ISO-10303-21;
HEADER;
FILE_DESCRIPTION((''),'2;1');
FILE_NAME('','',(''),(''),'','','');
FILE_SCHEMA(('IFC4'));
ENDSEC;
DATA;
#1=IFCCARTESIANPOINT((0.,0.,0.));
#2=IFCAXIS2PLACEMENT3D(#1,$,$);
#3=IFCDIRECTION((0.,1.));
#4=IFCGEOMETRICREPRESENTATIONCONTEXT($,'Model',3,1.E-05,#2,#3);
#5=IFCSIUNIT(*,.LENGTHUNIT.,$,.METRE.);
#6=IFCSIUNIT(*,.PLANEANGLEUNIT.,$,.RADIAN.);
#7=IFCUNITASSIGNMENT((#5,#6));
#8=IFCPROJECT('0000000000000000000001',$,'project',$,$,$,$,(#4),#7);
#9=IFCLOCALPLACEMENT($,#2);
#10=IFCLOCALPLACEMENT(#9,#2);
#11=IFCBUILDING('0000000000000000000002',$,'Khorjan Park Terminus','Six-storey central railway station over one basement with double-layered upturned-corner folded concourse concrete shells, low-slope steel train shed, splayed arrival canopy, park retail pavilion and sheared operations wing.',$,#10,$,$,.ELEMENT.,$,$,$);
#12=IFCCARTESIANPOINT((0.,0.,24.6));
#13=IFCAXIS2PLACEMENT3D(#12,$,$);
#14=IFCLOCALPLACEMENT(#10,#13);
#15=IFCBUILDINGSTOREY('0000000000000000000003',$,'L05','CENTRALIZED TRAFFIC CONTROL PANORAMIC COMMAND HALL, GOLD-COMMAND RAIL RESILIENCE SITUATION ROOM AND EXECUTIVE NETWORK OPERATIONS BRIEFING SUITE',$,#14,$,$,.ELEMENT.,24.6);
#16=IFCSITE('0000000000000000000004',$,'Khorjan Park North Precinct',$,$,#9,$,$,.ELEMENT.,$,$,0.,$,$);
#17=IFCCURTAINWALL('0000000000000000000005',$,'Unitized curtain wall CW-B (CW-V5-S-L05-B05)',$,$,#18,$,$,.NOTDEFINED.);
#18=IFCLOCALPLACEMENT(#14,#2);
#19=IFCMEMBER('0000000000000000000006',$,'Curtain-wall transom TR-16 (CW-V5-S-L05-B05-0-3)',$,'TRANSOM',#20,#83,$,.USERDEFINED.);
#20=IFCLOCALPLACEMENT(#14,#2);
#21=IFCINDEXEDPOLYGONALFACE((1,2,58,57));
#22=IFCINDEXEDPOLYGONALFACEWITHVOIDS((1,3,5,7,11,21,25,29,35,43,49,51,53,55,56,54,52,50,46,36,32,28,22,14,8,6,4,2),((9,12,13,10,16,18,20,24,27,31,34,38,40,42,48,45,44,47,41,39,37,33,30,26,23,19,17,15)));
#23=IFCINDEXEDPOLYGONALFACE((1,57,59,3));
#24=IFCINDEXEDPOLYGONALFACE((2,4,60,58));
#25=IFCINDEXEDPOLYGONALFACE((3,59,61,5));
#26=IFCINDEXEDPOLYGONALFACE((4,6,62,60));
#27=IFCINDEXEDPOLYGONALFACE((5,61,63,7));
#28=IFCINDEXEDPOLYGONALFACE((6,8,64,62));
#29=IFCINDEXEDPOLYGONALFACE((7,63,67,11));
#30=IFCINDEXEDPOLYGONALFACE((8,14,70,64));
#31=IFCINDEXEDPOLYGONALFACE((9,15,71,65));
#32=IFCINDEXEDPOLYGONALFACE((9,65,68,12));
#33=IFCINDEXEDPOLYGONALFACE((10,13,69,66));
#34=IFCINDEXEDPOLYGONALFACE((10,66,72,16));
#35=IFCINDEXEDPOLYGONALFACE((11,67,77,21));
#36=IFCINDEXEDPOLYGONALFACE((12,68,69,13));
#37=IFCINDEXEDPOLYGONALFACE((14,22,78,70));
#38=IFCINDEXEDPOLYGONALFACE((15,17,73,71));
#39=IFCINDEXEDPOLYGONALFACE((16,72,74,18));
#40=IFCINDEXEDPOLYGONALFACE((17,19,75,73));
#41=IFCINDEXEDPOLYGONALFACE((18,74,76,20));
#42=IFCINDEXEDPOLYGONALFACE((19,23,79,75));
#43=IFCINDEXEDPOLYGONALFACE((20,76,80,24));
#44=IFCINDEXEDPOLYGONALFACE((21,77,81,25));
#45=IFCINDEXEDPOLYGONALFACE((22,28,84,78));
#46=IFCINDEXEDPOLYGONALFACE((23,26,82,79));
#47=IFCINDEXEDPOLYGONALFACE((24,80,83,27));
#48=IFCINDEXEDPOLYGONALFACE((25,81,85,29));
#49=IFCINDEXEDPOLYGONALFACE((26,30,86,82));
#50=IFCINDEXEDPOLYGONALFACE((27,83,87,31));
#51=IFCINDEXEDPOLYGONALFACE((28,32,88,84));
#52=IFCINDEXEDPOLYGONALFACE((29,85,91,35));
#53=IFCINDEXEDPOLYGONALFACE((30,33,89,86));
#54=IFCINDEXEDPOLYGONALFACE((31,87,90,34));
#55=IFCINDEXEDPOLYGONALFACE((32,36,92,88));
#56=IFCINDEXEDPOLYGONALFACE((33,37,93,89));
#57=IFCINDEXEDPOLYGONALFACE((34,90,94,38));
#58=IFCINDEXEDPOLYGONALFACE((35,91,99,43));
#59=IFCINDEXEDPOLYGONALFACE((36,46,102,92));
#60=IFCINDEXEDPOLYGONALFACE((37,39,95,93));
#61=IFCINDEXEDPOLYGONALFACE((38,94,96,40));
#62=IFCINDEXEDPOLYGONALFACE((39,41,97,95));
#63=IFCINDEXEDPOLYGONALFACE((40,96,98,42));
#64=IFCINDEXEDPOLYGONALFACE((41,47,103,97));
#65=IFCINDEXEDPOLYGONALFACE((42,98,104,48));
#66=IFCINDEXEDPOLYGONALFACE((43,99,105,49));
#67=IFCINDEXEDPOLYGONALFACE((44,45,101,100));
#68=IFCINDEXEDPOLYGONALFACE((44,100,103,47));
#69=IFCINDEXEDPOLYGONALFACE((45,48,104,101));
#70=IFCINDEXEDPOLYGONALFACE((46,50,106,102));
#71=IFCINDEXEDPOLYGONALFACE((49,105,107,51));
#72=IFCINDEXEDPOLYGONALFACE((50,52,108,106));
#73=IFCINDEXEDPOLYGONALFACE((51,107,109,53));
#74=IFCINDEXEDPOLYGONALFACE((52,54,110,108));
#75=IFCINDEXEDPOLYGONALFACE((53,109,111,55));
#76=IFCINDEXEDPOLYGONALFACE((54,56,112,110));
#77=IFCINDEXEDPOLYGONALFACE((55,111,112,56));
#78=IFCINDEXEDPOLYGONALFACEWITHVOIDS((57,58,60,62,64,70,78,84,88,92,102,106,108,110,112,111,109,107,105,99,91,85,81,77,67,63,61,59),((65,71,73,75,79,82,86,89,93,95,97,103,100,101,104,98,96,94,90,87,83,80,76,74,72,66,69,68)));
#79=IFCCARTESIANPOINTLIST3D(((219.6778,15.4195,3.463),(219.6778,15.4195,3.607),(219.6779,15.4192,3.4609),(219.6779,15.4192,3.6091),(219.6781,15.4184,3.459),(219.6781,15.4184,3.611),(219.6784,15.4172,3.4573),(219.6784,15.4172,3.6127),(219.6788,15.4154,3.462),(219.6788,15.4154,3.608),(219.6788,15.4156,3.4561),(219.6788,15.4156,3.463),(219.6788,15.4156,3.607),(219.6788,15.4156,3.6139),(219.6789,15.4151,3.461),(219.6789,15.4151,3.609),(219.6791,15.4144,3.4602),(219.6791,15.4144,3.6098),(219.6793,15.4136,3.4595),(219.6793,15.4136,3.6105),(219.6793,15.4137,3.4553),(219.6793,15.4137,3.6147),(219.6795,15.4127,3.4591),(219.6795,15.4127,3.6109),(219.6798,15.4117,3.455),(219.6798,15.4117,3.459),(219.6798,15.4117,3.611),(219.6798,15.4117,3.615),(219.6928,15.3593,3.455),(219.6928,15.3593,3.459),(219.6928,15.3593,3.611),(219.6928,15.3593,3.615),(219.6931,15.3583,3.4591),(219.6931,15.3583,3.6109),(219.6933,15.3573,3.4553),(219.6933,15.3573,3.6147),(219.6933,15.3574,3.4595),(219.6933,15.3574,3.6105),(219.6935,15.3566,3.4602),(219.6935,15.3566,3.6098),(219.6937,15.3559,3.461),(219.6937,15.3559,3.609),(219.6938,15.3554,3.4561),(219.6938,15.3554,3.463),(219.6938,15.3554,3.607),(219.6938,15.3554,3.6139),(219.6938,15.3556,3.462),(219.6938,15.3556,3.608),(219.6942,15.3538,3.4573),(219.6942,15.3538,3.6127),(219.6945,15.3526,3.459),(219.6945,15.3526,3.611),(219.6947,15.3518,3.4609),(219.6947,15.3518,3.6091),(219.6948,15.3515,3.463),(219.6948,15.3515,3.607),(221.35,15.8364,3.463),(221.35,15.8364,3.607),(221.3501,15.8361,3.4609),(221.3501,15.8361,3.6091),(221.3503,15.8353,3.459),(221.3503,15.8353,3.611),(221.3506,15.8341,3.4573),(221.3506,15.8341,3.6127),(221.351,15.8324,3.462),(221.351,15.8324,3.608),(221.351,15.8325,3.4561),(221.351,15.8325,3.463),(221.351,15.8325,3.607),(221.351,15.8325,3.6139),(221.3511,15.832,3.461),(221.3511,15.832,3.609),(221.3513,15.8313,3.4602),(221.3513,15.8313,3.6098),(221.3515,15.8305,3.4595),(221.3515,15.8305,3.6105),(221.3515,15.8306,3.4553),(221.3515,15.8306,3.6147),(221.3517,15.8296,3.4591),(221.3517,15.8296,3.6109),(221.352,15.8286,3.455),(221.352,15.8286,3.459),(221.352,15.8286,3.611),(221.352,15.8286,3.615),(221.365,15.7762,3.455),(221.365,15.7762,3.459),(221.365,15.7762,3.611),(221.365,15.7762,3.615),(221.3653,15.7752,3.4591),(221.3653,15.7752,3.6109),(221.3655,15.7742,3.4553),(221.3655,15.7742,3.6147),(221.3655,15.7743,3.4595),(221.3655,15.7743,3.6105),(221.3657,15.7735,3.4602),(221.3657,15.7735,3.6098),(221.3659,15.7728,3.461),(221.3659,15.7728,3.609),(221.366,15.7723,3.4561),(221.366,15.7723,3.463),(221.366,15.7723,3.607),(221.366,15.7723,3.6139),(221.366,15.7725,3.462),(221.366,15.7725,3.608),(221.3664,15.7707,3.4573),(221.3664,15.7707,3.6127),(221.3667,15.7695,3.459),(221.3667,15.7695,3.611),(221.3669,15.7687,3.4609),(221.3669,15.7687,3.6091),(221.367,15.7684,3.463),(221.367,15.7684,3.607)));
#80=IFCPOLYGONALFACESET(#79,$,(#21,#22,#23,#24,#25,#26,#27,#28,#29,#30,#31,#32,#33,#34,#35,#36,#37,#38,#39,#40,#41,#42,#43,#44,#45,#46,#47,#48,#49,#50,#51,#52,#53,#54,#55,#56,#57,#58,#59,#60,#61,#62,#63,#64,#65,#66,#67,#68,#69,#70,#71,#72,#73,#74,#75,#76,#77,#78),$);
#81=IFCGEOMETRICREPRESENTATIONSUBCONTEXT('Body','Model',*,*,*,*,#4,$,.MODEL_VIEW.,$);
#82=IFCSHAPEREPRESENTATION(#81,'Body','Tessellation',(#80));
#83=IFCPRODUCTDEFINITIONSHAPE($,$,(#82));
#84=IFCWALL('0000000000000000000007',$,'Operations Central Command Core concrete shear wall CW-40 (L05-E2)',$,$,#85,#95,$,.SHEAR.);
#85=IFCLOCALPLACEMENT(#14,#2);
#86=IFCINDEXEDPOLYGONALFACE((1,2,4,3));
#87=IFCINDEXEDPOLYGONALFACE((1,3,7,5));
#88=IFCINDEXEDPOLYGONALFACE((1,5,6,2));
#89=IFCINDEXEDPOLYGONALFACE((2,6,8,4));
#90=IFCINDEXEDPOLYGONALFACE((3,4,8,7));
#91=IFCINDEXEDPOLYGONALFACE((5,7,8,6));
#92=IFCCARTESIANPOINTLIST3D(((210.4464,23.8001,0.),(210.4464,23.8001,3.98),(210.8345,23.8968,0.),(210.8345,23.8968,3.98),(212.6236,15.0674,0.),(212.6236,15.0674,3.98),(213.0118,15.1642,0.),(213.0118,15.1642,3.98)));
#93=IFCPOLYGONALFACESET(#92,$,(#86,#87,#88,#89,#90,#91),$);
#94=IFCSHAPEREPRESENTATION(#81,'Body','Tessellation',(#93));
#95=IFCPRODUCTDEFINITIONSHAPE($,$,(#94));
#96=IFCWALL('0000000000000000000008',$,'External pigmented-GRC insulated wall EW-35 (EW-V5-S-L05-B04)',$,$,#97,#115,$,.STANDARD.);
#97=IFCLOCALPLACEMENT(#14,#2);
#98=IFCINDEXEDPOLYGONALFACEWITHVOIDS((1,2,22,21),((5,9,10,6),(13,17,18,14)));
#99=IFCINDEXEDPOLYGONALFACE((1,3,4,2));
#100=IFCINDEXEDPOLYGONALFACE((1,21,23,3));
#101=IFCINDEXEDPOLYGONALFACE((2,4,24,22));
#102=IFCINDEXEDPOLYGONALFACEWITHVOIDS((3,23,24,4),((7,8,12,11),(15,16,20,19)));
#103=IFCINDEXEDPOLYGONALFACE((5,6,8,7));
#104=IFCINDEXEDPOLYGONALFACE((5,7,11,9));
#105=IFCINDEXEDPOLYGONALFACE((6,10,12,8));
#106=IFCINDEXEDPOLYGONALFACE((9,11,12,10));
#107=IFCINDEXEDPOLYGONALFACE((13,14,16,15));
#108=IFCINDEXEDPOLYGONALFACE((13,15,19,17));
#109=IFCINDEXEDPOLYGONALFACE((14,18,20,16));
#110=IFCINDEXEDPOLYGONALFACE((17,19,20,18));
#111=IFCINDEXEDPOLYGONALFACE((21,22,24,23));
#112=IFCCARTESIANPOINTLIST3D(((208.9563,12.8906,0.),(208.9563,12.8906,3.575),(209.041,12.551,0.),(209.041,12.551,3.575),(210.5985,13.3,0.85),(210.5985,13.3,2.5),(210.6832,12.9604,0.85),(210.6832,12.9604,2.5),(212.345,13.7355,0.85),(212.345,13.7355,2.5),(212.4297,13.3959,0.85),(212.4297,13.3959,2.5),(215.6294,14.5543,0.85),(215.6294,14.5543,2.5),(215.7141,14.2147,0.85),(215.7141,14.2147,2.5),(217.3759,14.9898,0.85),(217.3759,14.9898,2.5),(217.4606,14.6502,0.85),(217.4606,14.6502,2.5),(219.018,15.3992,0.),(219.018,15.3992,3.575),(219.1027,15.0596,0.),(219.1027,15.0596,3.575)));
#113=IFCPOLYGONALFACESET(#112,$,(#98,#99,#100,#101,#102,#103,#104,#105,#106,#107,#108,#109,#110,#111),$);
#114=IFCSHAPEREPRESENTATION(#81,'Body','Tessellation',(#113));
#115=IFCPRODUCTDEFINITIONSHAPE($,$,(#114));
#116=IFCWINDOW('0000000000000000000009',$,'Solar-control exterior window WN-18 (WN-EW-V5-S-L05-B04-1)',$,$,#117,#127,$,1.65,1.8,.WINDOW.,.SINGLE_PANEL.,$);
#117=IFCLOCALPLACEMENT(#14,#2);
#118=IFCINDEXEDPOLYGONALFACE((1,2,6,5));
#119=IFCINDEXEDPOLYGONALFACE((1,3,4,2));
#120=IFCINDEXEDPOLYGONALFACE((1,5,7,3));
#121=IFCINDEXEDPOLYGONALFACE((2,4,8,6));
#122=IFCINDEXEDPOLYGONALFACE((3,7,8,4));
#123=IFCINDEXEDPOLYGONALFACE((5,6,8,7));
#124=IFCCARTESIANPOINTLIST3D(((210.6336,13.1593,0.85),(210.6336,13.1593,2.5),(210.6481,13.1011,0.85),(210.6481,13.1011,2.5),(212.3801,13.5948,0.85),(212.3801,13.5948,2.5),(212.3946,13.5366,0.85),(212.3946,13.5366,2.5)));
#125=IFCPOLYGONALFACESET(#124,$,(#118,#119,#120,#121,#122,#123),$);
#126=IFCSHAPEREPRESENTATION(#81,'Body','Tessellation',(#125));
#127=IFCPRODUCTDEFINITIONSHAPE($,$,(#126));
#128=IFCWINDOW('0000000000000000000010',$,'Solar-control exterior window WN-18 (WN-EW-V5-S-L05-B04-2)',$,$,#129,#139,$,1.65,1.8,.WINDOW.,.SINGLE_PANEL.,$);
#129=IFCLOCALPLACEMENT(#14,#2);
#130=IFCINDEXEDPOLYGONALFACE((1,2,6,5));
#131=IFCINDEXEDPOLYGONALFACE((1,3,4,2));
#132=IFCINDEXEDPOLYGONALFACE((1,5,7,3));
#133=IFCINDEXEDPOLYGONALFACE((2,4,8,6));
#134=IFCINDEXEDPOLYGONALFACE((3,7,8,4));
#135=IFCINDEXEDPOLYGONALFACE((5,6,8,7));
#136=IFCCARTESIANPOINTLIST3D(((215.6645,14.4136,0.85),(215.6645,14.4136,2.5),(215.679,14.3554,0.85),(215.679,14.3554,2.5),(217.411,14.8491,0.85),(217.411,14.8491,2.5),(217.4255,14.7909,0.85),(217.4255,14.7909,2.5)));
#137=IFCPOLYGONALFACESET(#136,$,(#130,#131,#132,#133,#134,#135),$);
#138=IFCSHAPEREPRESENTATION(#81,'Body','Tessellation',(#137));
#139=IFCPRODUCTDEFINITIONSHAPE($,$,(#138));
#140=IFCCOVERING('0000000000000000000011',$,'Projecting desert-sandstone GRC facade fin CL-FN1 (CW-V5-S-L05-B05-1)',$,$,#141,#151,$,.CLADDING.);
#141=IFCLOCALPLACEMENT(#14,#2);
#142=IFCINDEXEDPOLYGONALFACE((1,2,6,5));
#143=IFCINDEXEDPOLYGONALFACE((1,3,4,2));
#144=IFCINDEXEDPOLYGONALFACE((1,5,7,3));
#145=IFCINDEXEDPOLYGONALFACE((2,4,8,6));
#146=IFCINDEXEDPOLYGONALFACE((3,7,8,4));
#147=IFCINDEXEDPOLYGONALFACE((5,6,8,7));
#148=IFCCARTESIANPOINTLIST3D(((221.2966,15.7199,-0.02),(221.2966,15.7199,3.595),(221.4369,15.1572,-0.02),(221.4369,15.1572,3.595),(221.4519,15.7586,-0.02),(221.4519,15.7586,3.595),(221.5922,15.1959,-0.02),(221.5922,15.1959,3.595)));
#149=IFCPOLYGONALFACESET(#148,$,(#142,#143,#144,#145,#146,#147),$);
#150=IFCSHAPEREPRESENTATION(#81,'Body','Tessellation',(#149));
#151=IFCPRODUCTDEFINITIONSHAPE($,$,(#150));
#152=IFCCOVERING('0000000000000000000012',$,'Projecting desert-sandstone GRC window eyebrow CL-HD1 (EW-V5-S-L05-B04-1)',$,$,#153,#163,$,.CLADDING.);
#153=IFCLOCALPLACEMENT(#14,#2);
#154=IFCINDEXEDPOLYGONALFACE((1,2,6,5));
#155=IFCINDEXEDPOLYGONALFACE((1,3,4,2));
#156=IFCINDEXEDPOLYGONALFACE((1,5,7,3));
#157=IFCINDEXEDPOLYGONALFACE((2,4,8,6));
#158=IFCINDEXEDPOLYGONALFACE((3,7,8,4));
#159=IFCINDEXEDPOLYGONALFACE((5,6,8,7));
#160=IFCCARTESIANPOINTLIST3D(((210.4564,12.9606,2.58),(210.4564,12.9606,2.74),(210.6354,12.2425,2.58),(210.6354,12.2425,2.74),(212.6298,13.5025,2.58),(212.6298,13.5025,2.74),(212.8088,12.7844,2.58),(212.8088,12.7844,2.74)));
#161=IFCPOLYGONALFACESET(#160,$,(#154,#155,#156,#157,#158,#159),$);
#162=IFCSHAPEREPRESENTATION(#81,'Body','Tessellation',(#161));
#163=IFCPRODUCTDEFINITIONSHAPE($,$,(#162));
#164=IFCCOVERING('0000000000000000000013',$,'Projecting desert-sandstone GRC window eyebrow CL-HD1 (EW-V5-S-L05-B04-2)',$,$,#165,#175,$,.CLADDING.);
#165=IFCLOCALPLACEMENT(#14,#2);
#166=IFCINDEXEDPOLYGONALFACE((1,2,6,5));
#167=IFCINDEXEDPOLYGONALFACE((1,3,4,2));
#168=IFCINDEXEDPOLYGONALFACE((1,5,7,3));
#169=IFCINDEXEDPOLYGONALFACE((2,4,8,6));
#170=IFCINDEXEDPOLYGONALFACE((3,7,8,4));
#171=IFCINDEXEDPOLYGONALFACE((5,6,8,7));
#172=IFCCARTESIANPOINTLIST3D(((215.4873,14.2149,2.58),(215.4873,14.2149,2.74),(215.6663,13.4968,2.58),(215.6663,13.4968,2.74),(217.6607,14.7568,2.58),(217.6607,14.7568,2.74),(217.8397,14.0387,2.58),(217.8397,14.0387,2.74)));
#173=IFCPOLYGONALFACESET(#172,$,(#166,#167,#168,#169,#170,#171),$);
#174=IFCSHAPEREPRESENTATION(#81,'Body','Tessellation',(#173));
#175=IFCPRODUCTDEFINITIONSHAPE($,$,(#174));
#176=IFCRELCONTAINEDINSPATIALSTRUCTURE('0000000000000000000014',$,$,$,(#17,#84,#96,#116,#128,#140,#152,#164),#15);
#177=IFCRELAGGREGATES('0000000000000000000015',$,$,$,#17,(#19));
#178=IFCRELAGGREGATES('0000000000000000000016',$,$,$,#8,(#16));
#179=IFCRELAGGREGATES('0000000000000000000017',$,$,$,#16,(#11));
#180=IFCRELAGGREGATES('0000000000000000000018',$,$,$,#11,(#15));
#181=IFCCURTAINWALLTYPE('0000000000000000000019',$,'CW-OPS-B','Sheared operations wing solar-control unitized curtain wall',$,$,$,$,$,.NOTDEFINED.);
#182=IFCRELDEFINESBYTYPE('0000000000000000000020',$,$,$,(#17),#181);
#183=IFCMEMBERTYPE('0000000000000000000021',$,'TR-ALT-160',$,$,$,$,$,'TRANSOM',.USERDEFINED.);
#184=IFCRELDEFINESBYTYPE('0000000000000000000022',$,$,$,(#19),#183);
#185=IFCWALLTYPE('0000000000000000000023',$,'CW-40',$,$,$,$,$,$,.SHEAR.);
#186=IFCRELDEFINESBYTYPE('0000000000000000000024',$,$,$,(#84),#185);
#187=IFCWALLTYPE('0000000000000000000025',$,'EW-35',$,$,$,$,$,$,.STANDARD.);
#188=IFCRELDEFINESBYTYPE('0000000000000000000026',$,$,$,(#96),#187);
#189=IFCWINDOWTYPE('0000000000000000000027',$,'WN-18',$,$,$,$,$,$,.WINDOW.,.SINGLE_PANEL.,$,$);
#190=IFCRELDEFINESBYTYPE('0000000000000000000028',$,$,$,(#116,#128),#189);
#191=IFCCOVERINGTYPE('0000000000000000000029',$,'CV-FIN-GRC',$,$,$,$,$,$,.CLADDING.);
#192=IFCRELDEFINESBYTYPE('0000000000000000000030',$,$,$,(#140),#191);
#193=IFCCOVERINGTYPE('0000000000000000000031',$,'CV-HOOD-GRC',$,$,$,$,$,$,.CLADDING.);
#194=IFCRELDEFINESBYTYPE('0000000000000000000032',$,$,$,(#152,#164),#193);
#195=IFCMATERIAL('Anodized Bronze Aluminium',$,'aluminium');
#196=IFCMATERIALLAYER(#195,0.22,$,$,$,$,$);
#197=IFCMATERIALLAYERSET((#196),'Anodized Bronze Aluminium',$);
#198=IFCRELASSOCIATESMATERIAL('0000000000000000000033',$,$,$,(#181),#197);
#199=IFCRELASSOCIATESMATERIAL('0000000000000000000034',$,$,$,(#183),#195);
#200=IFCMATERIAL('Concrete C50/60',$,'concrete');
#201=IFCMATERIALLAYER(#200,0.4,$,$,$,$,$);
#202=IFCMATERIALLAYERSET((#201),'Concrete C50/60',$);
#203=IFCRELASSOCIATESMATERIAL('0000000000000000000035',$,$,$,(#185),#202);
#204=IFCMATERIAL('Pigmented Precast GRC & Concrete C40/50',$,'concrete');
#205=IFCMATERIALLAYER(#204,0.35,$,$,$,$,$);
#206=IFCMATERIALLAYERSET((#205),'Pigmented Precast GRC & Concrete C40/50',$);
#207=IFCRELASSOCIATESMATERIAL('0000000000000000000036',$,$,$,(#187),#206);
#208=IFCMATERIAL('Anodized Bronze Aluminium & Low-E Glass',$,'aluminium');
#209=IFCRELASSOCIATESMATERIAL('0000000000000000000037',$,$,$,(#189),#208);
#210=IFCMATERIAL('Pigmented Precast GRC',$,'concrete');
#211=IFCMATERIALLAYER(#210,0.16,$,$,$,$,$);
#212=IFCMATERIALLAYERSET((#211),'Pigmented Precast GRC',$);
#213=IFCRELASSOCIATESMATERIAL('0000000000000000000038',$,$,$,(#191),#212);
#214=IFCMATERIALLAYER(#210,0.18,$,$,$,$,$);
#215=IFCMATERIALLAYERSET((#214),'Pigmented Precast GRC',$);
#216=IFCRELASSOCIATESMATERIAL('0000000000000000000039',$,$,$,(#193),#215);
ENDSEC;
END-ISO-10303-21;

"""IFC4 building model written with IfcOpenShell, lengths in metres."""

from ifc_helpers import new_model, si_unit, direction, frame, frame_2d, origin, origin_2d, place, context, subcontext, project, spatial, rectangle, hollow_rectangle, extrude, material, layer, layer_set, material_profile, profile_set, type_object, element, fill, aggregate, save


model = new_model("IFC4")

# Units and contexts
model_context = context("Model", 3, precision=1e-05, world=origin(), true_north=direction((0.0, 1.0)))
body_context = subcontext(model_context, "Body", "Model", "MODEL_VIEW")
ifc_project = project(units=[si_unit("LENGTHUNIT", "METRE"), si_unit("PLANEANGLEUNIT", "RADIAN")], contexts=[model_context])

# Site, building, storey
site_placement = place(None, origin())
site = spatial("IfcSite", under=ifc_project, at=site_placement, Name="Khorjan Park North Precinct", CompositionType="ELEMENT", RefElevation=0.0)
building_placement = place(site_placement, origin())
building = spatial("IfcBuilding", under=site, at=building_placement, Name="Khorjan Park Terminus", Description="Six-storey central railway station over one basement with double-layered upturned-corner folded concourse concrete shells, low-slope steel train shed, splayed arrival canopy, park retail pavilion and sheared operations wing.", CompositionType="ELEMENT")
storey_placement = place(building_placement, frame((0.0, 0.0, 24.6)))
storey = spatial("IfcBuildingStorey", under=building, at=storey_placement, Name="L05", Description="CENTRALIZED TRAFFIC CONTROL PANORAMIC COMMAND HALL, GOLD-COMMAND RAIL RESILIENCE SITUATION ROOM AND EXECUTIVE NETWORK OPERATIONS BRIEFING SUITE", CompositionType="ELEMENT", Elevation=24.6)

# Shared definitions
ifc_material_1 = material(Name="Concrete C50/60", Category="concrete")

# Curtain wall, member
ifc_material_2 = material(Name="Anodized Bronze Aluminium", Category="aluminium")
ifc_layer_1 = layer(ifc_material_2, 0.22)
ifc_layer_set_1 = layer_set([ifc_layer_1], Name="Anodized Bronze Aluminium")
curtain_wall_type = type_object("IfcCurtainWallType", Name="CW-OPS-B", Description="Sheared operations wing solar-control unitized curtain wall", PredefinedType="NOTDEFINED", material=ifc_layer_set_1)
curtain_wall_placement = place(storey_placement, origin())
curtain_wall = element("IfcCurtainWall", 1, at=curtain_wall_placement, inside=storey, type_object=curtain_wall_type, Name="Unitized curtain wall CW-B (CW-V5-S-L05-B05)", PredefinedType="NOTDEFINED")
ifc_material_profile_1 = material_profile(ifc_material_2, hollow_rectangle(XDim=0.07, YDim=0.16, WallThickness=0.004, InnerFilletRadius=0.004, OuterFilletRadius=0.008, at=origin_2d()), Name="ALT 70x160x4")
ifc_profile_set_1 = profile_set([ifc_material_profile_1], Name="Anodized Bronze Aluminium")
member_type_1 = type_object("IfcMemberType", Name="TR-ALT-160", ElementType="TRANSOM", PredefinedType="USERDEFINED", material=ifc_profile_set_1)
member_1_placement = place(storey_placement, frame((219.6863, 15.3855, 3.535), z_axis=(0.970299, 0.241908, 0.0), x_axis=(-0.241908, 0.970299, 0.0)))
member_1 = element("IfcMember", 2, at=member_1_placement, type_object=member_type_1, Name="Curtain-wall transom TR-16 (CW-V5-S-L05-B05-0-3)", ObjectType="TRANSOM", PredefinedType="USERDEFINED", context=body_context, shape_type="SweptSolid", body=[
    extrude(hollow_rectangle(XDim=0.07, YDim=0.16, WallThickness=0.004, InnerFilletRadius=0.004, OuterFilletRadius=0.008, at=origin_2d()), origin(), (0.0, 0.0, 1.0), 1.7234),
])
aggregate(curtain_wall, [member_1])

# Wall
ifc_layer_2 = layer(ifc_material_1, 0.4)
ifc_layer_set_2 = layer_set([ifc_layer_2], Name="Concrete C50/60")
wall_type_1 = type_object("IfcWallType", Name="CW-40", PredefinedType="SHEAR", material=ifc_layer_set_2)
wall_1_placement = place(storey_placement, frame((212.8177, 15.1158, 0.0), z_axis=(0.0, 0.0, 1.0), x_axis=(-0.241921, 0.970296, 0.0)))
element("IfcWall", 3, at=wall_1_placement, inside=storey, type_object=wall_type_1, Name="Operations Central Command Core concrete shear wall CW-40 (L05-E2)", PredefinedType="SHEAR", context=body_context, shape_type="SweptSolid", body=[
    extrude(rectangle(XDim=9.0, YDim=0.4, at=frame_2d((4.5, 0.0))), origin(), (0.0, 0.0, 1.0), 3.98),
])

# Wall, openings, windows
ifc_material_3 = material(Name="Pigmented Precast GRC & Concrete C40/50", Category="concrete")
ifc_layer_3 = layer(ifc_material_3, 0.35)
ifc_layer_set_3 = layer_set([ifc_layer_3], Name="Pigmented Precast GRC & Concrete C40/50")
wall_type_2 = type_object("IfcWallType", Name="EW-35", PredefinedType="STANDARD", material=ifc_layer_set_3)
wall_2_placement = place(storey_placement, frame((208.9987, 12.7208, 0.0), z_axis=(0.0, 0.0, 1.0), x_axis=(0.970297, 0.241916, 0.0)))
wall_2 = element("IfcWall", 4, at=wall_2_placement, inside=storey, type_object=wall_type_2, Name="External pigmented-GRC insulated wall EW-35 (EW-V5-S-L05-B04)", PredefinedType="STANDARD", context=body_context, shape_type="SweptSolid", body=[
    extrude(rectangle(XDim=10.3697, YDim=0.35, at=frame_2d((5.1848, 0.0))), origin(), (0.0, 0.0, 1.0), 3.575),
])
opening_1_placement = place(wall_2_placement, frame((1.6924, 0.0, 0.85)))
opening_1 = element("IfcOpeningElement", 5, at=opening_1_placement, cuts=wall_2, PredefinedType="OPENING", context=body_context, shape_type="SweptSolid", body=[
    extrude(rectangle(XDim=1.8, YDim=1.65, at=frame_2d((0.9, 0.825))), frame((0.0, 0.185, 0.0), z_axis=(0.0, -1.0, 0.0), x_axis=(1.0, 0.0, 0.0)), (0.0, 0.0, 1.0), 0.37),
])
opening_2_placement = place(wall_2_placement, frame((6.8773, 0.0, 0.85)))
opening_2 = element("IfcOpeningElement", 6, at=opening_2_placement, cuts=wall_2, PredefinedType="OPENING", context=body_context, shape_type="SweptSolid", body=[
    extrude(rectangle(XDim=1.8, YDim=1.65, at=frame_2d((0.9, 0.825))), frame((0.0, 0.185, 0.0), z_axis=(0.0, -1.0, 0.0), x_axis=(1.0, 0.0, 0.0)), (0.0, 0.0, 1.0), 0.37),
])
ifc_material_4 = material(Name="Anodized Bronze Aluminium & Low-E Glass", Category="aluminium")
window_type = type_object("IfcWindowType", Name="WN-18", PartitioningType="SINGLE_PANEL", PredefinedType="WINDOW", material=ifc_material_4)
window_1_placement = place(opening_1_placement, origin())
window_1 = element("IfcWindow", 7, at=window_1_placement, inside=storey, type_object=window_type, Name="Solar-control exterior window WN-18 (WN-EW-V5-S-L05-B04-1)", OverallHeight=1.65, OverallWidth=1.8, PartitioningType="SINGLE_PANEL", PredefinedType="WINDOW", context=body_context, shape_type="SweptSolid", body=[
    extrude(rectangle(XDim=1.8, YDim=1.65, at=frame_2d((0.9, 0.825))), frame((0.0, 0.03, 0.0), z_axis=(0.0, -1.0, 0.0), x_axis=(1.0, 0.0, 0.0)), (0.0, 0.0, 1.0), 0.06),
])
fill(opening_1, window_1)
window_2_placement = place(opening_2_placement, origin())
window_2 = element("IfcWindow", 8, at=window_2_placement, inside=storey, type_object=window_type, Name="Solar-control exterior window WN-18 (WN-EW-V5-S-L05-B04-2)", OverallHeight=1.65, OverallWidth=1.8, PartitioningType="SINGLE_PANEL", PredefinedType="WINDOW", context=body_context, shape_type="SweptSolid", body=[
    extrude(rectangle(XDim=1.8, YDim=1.65, at=frame_2d((0.9, 0.825))), frame((0.0, 0.03, 0.0), z_axis=(0.0, -1.0, 0.0), x_axis=(1.0, 0.0, 0.0)), (0.0, 0.0, 1.0), 0.06),
])
fill(opening_2, window_2)

# Coverings
ifc_material_5 = material(Name="Pigmented Precast GRC", Category="concrete")
ifc_layer_4 = layer(ifc_material_5, 0.16)
ifc_layer_set_4 = layer_set([ifc_layer_4], Name="Pigmented Precast GRC")
covering_type_1 = type_object("IfcCoveringType", Name="CV-FIN-GRC", PredefinedType="CLADDING", material=ifc_layer_set_4)
covering_placement = place(storey_placement, frame((221.4444, 15.4579, -0.02), z_axis=(0.0, 0.0, 1.0), x_axis=(-0.241922, 0.970296, 0.0)))
element("IfcCovering", 9, at=covering_placement, inside=storey, type_object=covering_type_1, Name="Projecting desert-sandstone GRC facade fin CL-FN1 (CW-V5-S-L05-B05-1)", PredefinedType="CLADDING", context=body_context, shape_type="SweptSolid", body=[
    extrude(rectangle(XDim=0.58, YDim=0.16, at=origin_2d()), origin(), (0.0, 0.0, 1.0), 3.615),
])
ifc_layer_5 = layer(ifc_material_5, 0.18)
ifc_layer_set_5 = layer_set([ifc_layer_5], Name="Pigmented Precast GRC")
covering_type_2 = type_object("IfcCoveringType", Name="CV-HOOD-GRC", PredefinedType="CLADDING", material=ifc_layer_set_5)
for number, where, z_axis, x_axis, name in (
    (10, (211.6326, 12.8725, 2.58), (0.0, 0.0, 1.0), (0.970297, 0.241916, 0.0), "Projecting desert-sandstone GRC window eyebrow CL-HD1 (EW-V5-S-L05-B04-1)"),
    (11, (216.6635, 14.1268, 2.58), (0.0, 0.0, 1.0), (0.970297, 0.241916, 0.0), "Projecting desert-sandstone GRC window eyebrow CL-HD1 (EW-V5-S-L05-B04-2)"),
):
    element("IfcCovering", number, at=place(storey_placement, frame(where, z_axis=z_axis, x_axis=x_axis)), inside=storey, type_object=covering_type_2, Name=name, PredefinedType="CLADDING", context=body_context, shape_type="SweptSolid", body=[
        extrude(rectangle(XDim=2.24, YDim=0.74, at=origin_2d()), origin(), (0.0, 0.0, 1.0), 0.16),
    ])

save(model, "model.ifc")
